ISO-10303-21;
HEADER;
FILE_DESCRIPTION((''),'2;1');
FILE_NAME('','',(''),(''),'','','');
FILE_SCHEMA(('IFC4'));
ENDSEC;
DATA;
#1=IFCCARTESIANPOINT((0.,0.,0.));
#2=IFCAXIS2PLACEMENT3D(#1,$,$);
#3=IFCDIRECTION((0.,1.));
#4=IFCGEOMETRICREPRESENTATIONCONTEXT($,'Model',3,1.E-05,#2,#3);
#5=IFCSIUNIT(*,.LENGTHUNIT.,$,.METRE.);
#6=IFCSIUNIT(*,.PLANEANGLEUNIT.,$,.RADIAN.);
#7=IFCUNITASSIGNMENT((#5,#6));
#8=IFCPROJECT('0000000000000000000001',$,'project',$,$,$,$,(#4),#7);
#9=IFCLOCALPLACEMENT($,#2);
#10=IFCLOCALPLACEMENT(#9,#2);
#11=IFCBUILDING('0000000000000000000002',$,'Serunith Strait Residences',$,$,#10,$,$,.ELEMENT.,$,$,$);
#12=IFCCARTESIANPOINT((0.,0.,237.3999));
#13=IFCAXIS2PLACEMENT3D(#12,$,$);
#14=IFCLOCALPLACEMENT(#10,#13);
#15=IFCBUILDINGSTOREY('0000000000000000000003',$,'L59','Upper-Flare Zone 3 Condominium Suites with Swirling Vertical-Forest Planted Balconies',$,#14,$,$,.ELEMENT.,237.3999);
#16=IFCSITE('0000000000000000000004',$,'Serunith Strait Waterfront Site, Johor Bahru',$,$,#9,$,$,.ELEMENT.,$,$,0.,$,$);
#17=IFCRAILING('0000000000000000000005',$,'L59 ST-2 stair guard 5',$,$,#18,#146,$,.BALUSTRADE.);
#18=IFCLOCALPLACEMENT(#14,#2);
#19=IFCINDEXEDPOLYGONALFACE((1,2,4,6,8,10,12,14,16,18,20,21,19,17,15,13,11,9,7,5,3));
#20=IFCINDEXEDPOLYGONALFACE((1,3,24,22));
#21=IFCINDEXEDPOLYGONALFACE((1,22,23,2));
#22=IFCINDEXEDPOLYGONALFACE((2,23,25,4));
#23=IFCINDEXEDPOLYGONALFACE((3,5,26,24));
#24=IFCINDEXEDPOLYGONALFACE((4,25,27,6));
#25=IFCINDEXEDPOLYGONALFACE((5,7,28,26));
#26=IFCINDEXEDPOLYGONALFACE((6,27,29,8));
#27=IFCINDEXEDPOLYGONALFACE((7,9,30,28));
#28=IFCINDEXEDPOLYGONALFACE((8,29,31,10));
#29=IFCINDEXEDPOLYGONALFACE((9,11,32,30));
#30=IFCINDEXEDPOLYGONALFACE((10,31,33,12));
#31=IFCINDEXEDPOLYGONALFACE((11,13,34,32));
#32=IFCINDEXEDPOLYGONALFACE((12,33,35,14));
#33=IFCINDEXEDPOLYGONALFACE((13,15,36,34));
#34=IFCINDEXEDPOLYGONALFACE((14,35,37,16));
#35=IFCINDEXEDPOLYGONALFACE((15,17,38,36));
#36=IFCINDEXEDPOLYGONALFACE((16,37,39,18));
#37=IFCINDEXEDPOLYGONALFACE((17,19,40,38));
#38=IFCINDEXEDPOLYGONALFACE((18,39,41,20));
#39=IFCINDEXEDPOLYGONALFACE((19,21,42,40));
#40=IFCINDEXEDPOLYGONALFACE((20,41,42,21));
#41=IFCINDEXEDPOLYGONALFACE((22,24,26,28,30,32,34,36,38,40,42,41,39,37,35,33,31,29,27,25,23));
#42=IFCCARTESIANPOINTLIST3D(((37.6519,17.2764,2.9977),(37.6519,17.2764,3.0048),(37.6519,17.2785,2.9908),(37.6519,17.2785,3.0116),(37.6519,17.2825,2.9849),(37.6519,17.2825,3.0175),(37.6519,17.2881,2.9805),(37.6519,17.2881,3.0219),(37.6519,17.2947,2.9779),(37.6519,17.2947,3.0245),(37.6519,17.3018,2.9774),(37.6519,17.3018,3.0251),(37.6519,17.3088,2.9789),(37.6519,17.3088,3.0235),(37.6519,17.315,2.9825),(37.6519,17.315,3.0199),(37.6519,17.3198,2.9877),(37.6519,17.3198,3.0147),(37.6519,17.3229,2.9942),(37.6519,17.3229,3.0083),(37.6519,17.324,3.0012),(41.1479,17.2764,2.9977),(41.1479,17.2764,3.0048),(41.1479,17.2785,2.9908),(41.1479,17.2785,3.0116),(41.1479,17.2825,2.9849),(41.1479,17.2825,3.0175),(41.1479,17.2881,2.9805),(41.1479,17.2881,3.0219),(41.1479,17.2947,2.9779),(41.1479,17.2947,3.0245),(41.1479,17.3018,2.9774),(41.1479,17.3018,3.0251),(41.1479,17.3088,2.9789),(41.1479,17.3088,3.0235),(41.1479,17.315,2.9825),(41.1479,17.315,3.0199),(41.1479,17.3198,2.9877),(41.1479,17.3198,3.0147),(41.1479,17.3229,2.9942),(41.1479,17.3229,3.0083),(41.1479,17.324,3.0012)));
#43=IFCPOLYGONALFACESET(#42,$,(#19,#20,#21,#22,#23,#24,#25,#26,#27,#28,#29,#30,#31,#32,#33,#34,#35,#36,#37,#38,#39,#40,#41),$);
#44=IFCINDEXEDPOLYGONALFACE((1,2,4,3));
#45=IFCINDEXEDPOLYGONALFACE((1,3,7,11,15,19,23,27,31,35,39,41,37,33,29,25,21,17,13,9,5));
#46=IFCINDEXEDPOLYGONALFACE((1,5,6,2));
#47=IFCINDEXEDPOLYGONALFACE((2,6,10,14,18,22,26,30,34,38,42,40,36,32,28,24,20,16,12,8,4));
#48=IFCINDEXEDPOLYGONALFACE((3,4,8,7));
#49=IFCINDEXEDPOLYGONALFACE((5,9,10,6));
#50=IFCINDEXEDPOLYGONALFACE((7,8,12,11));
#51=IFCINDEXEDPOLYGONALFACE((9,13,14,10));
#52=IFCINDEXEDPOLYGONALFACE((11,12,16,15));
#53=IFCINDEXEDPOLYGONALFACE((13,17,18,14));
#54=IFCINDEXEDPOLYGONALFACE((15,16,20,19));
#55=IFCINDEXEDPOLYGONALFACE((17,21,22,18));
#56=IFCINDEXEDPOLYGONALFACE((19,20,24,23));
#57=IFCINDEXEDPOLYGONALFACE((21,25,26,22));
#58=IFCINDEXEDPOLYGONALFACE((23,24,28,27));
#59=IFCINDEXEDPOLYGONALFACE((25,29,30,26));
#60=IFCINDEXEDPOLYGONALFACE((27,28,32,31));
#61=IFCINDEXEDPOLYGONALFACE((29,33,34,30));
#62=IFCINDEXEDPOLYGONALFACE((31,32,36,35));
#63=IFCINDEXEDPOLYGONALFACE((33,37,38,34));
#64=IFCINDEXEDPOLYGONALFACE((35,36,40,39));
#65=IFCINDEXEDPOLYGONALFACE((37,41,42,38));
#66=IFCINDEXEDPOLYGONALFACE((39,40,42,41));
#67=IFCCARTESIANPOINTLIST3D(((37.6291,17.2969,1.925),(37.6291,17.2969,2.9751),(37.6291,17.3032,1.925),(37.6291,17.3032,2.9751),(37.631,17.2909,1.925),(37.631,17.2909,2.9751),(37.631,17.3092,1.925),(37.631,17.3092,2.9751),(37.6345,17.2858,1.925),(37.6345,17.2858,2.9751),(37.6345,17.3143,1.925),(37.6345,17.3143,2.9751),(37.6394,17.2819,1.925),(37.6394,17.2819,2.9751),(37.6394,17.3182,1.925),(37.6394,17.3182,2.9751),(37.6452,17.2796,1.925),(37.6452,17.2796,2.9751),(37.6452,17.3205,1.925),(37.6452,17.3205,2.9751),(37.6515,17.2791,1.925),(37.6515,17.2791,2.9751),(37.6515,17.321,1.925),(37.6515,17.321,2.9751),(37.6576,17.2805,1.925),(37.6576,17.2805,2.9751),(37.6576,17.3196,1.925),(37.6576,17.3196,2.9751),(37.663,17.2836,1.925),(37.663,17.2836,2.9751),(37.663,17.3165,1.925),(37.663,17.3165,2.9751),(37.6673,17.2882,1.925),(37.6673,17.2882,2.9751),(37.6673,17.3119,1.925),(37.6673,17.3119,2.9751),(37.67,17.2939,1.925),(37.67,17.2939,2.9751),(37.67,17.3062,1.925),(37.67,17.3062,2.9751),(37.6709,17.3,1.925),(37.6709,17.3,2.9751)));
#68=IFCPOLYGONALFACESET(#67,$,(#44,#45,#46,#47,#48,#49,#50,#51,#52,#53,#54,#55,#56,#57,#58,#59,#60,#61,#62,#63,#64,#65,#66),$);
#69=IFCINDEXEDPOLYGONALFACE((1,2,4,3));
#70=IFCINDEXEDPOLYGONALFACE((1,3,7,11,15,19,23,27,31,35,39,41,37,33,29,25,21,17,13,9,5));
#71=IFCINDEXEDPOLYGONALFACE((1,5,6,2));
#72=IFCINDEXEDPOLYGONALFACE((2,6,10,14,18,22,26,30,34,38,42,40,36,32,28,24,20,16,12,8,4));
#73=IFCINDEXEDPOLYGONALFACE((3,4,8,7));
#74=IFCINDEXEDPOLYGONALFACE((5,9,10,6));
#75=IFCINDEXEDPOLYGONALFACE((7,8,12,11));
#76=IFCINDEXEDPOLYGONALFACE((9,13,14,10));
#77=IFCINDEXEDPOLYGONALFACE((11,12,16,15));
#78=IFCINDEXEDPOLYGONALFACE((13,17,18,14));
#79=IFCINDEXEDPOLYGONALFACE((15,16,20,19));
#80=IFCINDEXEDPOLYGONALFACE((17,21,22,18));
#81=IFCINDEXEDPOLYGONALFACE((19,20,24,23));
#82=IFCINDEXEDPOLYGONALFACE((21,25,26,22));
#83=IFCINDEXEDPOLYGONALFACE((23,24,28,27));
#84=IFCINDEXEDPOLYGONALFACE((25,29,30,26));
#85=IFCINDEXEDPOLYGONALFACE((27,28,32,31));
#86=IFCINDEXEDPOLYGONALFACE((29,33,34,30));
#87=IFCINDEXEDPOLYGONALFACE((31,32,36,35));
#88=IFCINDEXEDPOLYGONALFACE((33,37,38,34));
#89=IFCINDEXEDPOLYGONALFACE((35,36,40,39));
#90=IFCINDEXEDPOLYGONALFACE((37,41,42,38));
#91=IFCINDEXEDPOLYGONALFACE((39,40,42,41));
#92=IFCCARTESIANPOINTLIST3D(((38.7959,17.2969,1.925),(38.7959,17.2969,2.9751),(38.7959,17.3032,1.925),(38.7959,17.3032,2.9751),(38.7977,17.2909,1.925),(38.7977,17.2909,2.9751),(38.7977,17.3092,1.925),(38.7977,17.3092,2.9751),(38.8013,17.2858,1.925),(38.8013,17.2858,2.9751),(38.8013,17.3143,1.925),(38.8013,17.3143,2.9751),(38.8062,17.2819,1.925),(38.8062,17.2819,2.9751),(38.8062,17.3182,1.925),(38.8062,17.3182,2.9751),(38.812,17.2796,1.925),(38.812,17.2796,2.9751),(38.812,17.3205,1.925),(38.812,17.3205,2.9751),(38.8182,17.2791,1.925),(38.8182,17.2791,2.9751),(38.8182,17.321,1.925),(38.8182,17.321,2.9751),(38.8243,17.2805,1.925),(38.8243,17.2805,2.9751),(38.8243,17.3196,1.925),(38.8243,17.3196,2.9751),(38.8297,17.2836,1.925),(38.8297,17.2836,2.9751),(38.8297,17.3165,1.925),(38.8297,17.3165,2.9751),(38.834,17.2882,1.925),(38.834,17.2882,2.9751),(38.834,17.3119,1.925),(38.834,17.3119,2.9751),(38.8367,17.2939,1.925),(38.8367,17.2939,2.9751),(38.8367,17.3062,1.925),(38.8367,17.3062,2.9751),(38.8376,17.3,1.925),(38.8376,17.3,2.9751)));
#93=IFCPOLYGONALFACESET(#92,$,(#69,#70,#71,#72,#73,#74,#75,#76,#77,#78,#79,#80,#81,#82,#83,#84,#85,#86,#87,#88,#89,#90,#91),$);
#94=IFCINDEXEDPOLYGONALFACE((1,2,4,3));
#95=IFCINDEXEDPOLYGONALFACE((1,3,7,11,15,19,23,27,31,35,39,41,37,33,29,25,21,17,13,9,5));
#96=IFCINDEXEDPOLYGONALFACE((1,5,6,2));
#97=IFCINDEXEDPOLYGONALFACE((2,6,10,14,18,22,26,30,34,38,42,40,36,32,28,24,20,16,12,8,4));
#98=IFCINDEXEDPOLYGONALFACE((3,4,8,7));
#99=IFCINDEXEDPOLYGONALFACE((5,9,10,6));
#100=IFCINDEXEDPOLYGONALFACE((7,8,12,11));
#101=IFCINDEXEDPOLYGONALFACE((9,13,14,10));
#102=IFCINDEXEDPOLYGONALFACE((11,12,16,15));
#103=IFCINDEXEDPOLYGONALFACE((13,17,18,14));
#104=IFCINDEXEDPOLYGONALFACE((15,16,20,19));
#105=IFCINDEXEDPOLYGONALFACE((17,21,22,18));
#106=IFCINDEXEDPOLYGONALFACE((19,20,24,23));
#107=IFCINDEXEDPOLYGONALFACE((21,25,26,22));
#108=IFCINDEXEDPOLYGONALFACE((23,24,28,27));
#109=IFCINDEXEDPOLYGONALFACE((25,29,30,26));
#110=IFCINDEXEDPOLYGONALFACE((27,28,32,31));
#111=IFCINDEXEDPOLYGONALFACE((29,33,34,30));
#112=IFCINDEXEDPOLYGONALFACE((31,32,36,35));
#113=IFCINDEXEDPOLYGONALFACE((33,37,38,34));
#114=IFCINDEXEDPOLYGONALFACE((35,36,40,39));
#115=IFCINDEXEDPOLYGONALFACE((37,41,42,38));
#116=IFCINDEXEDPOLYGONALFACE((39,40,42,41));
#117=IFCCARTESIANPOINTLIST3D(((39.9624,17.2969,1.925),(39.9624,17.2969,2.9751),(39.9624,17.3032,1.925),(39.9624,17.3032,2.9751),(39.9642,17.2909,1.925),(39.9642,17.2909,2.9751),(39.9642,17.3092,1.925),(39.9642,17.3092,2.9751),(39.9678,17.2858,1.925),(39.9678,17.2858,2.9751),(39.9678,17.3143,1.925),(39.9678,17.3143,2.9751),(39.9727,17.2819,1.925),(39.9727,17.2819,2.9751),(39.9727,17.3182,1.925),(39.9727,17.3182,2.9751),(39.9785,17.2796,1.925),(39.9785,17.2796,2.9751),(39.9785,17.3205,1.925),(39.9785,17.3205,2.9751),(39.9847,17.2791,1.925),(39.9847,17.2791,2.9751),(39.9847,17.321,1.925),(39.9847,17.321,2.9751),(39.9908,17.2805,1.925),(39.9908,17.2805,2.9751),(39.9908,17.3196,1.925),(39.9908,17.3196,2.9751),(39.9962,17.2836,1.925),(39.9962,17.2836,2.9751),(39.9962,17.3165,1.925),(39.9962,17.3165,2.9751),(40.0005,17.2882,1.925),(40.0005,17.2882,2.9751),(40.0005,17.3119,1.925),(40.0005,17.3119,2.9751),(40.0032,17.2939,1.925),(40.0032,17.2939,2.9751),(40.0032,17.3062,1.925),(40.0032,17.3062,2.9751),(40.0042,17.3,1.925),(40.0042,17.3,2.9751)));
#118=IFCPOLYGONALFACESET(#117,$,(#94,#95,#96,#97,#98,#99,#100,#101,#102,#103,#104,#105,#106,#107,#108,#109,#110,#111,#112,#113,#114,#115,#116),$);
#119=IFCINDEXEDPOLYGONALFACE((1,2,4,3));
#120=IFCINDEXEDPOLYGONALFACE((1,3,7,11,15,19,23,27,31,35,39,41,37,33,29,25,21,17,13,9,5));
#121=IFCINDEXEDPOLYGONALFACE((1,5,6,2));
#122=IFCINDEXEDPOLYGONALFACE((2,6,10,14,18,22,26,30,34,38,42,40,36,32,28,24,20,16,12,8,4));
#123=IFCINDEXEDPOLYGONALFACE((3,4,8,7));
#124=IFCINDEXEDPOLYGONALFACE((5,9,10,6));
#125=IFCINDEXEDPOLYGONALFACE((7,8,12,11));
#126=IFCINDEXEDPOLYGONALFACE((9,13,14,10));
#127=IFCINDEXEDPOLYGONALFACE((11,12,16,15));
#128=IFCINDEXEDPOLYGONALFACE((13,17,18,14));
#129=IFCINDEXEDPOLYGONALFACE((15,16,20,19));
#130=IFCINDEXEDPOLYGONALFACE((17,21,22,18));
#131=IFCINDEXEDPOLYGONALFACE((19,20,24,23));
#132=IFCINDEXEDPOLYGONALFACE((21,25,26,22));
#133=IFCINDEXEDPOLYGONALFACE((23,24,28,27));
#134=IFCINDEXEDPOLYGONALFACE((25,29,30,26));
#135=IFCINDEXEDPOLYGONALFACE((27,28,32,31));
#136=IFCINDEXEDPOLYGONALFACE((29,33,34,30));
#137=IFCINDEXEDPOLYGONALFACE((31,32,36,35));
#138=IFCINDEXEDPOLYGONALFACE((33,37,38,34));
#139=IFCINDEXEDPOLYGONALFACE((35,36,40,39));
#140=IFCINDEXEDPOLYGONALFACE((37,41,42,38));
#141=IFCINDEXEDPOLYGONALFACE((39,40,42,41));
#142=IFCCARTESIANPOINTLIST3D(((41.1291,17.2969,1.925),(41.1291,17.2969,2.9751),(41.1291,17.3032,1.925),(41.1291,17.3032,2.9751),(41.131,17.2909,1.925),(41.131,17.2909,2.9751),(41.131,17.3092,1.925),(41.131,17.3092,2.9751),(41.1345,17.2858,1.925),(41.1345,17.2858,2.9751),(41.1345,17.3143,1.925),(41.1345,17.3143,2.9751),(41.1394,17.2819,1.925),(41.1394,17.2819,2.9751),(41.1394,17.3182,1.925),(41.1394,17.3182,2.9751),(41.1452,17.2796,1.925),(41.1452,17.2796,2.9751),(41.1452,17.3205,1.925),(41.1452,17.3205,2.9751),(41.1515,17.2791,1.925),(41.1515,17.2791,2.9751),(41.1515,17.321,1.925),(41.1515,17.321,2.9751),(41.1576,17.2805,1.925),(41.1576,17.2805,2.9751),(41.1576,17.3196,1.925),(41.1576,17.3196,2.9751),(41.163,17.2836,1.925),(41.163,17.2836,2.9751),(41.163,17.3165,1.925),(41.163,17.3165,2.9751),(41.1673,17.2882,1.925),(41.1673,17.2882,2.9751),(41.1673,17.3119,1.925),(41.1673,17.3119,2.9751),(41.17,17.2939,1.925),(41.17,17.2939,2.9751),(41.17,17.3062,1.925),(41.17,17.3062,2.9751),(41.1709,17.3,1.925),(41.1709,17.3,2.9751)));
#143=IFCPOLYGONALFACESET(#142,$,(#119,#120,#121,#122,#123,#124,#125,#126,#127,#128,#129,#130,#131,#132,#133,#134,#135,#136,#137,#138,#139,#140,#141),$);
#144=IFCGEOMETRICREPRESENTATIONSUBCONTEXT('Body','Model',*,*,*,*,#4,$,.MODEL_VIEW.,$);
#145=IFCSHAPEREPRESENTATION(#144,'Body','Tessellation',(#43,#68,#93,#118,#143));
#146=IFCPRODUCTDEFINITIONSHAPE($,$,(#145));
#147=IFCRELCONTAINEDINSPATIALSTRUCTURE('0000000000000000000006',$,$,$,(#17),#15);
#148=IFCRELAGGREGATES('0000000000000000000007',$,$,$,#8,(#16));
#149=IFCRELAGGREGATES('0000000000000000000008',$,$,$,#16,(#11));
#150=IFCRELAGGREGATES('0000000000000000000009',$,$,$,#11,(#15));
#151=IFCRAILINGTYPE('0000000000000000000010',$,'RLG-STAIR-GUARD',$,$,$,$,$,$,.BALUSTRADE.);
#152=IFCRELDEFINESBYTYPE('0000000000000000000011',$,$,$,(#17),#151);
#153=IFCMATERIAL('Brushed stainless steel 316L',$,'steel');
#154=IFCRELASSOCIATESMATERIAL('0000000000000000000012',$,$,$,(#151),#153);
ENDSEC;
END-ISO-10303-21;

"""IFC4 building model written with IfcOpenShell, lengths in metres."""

from ifc_helpers import new_model, si_unit, direction, frame, origin, origin_2d, place, context, subcontext, project, spatial, circle, extrude, material, type_object, element, save


model = new_model("IFC4")

# Units and contexts
model_context = context("Model", 3, precision=1e-05, world=origin(), true_north=direction((0.0, 1.0)))
body_context = subcontext(model_context, "Body", "Model", "MODEL_VIEW")
ifc_project = project(units=[si_unit("LENGTHUNIT", "METRE"), si_unit("PLANEANGLEUNIT", "RADIAN")], contexts=[model_context])

# Site, building, storey
site_placement = place(None, origin())
site = spatial("IfcSite", under=ifc_project, at=site_placement, Name="Serunith Strait Waterfront Site, Johor Bahru", CompositionType="ELEMENT", RefElevation=0.0)
building_placement = place(site_placement, origin())
building = spatial("IfcBuilding", under=site, at=building_placement, Name="Serunith Strait Residences", CompositionType="ELEMENT")
storey_placement = place(building_placement, frame((0.0, 0.0, 237.3999)))
storey = spatial("IfcBuildingStorey", under=building, at=storey_placement, Name="L59", Description="Upper-Flare Zone 3 Condominium Suites with Swirling Vertical-Forest Planted Balconies", CompositionType="ELEMENT", Elevation=237.3999)

# Railing
ifc_material_1 = material(Name="Brushed stainless steel 316L", Category="steel")
railing_type_1 = type_object("IfcRailingType", Name="RLG-STAIR-GUARD", PredefinedType="BALUSTRADE", material=ifc_material_1)
railing_1_placement = place(storey_placement, frame((37.6499, 17.3, 1.925)))
element("IfcRailing", 1, at=railing_1_placement, inside=storey, type_object=railing_type_1, Name="L59 ST-2 stair guard 5", PredefinedType="BALUSTRADE", context=body_context, shape_type="SweptSolid", body=[
    extrude(circle(Radius=0.0239, at=origin_2d()), frame((0.002, 0.0, 1.0762), z_axis=(1.0, 0.0, 0.0), x_axis=(0.0, 1.0, 0.0)), (0.0, 0.0, 1.0), 3.4961),
    extrude(circle(Radius=0.021, at=origin_2d()), origin(), (0.0, 0.0, 1.0), 1.05),
    extrude(circle(Radius=0.021, at=origin_2d()), frame((1.1667, 0.0, 0.0)), (0.0, 0.0, 1.0), 1.05),
    extrude(circle(Radius=0.021, at=origin_2d()), frame((2.3333, 0.0, 0.0)), (0.0, 0.0, 1.0), 1.05),
    extrude(circle(Radius=0.021, at=origin_2d()), frame((3.5, 0.0, 0.0)), (0.0, 0.0, 1.0), 1.05),
])

save(model, "model.ifc")
